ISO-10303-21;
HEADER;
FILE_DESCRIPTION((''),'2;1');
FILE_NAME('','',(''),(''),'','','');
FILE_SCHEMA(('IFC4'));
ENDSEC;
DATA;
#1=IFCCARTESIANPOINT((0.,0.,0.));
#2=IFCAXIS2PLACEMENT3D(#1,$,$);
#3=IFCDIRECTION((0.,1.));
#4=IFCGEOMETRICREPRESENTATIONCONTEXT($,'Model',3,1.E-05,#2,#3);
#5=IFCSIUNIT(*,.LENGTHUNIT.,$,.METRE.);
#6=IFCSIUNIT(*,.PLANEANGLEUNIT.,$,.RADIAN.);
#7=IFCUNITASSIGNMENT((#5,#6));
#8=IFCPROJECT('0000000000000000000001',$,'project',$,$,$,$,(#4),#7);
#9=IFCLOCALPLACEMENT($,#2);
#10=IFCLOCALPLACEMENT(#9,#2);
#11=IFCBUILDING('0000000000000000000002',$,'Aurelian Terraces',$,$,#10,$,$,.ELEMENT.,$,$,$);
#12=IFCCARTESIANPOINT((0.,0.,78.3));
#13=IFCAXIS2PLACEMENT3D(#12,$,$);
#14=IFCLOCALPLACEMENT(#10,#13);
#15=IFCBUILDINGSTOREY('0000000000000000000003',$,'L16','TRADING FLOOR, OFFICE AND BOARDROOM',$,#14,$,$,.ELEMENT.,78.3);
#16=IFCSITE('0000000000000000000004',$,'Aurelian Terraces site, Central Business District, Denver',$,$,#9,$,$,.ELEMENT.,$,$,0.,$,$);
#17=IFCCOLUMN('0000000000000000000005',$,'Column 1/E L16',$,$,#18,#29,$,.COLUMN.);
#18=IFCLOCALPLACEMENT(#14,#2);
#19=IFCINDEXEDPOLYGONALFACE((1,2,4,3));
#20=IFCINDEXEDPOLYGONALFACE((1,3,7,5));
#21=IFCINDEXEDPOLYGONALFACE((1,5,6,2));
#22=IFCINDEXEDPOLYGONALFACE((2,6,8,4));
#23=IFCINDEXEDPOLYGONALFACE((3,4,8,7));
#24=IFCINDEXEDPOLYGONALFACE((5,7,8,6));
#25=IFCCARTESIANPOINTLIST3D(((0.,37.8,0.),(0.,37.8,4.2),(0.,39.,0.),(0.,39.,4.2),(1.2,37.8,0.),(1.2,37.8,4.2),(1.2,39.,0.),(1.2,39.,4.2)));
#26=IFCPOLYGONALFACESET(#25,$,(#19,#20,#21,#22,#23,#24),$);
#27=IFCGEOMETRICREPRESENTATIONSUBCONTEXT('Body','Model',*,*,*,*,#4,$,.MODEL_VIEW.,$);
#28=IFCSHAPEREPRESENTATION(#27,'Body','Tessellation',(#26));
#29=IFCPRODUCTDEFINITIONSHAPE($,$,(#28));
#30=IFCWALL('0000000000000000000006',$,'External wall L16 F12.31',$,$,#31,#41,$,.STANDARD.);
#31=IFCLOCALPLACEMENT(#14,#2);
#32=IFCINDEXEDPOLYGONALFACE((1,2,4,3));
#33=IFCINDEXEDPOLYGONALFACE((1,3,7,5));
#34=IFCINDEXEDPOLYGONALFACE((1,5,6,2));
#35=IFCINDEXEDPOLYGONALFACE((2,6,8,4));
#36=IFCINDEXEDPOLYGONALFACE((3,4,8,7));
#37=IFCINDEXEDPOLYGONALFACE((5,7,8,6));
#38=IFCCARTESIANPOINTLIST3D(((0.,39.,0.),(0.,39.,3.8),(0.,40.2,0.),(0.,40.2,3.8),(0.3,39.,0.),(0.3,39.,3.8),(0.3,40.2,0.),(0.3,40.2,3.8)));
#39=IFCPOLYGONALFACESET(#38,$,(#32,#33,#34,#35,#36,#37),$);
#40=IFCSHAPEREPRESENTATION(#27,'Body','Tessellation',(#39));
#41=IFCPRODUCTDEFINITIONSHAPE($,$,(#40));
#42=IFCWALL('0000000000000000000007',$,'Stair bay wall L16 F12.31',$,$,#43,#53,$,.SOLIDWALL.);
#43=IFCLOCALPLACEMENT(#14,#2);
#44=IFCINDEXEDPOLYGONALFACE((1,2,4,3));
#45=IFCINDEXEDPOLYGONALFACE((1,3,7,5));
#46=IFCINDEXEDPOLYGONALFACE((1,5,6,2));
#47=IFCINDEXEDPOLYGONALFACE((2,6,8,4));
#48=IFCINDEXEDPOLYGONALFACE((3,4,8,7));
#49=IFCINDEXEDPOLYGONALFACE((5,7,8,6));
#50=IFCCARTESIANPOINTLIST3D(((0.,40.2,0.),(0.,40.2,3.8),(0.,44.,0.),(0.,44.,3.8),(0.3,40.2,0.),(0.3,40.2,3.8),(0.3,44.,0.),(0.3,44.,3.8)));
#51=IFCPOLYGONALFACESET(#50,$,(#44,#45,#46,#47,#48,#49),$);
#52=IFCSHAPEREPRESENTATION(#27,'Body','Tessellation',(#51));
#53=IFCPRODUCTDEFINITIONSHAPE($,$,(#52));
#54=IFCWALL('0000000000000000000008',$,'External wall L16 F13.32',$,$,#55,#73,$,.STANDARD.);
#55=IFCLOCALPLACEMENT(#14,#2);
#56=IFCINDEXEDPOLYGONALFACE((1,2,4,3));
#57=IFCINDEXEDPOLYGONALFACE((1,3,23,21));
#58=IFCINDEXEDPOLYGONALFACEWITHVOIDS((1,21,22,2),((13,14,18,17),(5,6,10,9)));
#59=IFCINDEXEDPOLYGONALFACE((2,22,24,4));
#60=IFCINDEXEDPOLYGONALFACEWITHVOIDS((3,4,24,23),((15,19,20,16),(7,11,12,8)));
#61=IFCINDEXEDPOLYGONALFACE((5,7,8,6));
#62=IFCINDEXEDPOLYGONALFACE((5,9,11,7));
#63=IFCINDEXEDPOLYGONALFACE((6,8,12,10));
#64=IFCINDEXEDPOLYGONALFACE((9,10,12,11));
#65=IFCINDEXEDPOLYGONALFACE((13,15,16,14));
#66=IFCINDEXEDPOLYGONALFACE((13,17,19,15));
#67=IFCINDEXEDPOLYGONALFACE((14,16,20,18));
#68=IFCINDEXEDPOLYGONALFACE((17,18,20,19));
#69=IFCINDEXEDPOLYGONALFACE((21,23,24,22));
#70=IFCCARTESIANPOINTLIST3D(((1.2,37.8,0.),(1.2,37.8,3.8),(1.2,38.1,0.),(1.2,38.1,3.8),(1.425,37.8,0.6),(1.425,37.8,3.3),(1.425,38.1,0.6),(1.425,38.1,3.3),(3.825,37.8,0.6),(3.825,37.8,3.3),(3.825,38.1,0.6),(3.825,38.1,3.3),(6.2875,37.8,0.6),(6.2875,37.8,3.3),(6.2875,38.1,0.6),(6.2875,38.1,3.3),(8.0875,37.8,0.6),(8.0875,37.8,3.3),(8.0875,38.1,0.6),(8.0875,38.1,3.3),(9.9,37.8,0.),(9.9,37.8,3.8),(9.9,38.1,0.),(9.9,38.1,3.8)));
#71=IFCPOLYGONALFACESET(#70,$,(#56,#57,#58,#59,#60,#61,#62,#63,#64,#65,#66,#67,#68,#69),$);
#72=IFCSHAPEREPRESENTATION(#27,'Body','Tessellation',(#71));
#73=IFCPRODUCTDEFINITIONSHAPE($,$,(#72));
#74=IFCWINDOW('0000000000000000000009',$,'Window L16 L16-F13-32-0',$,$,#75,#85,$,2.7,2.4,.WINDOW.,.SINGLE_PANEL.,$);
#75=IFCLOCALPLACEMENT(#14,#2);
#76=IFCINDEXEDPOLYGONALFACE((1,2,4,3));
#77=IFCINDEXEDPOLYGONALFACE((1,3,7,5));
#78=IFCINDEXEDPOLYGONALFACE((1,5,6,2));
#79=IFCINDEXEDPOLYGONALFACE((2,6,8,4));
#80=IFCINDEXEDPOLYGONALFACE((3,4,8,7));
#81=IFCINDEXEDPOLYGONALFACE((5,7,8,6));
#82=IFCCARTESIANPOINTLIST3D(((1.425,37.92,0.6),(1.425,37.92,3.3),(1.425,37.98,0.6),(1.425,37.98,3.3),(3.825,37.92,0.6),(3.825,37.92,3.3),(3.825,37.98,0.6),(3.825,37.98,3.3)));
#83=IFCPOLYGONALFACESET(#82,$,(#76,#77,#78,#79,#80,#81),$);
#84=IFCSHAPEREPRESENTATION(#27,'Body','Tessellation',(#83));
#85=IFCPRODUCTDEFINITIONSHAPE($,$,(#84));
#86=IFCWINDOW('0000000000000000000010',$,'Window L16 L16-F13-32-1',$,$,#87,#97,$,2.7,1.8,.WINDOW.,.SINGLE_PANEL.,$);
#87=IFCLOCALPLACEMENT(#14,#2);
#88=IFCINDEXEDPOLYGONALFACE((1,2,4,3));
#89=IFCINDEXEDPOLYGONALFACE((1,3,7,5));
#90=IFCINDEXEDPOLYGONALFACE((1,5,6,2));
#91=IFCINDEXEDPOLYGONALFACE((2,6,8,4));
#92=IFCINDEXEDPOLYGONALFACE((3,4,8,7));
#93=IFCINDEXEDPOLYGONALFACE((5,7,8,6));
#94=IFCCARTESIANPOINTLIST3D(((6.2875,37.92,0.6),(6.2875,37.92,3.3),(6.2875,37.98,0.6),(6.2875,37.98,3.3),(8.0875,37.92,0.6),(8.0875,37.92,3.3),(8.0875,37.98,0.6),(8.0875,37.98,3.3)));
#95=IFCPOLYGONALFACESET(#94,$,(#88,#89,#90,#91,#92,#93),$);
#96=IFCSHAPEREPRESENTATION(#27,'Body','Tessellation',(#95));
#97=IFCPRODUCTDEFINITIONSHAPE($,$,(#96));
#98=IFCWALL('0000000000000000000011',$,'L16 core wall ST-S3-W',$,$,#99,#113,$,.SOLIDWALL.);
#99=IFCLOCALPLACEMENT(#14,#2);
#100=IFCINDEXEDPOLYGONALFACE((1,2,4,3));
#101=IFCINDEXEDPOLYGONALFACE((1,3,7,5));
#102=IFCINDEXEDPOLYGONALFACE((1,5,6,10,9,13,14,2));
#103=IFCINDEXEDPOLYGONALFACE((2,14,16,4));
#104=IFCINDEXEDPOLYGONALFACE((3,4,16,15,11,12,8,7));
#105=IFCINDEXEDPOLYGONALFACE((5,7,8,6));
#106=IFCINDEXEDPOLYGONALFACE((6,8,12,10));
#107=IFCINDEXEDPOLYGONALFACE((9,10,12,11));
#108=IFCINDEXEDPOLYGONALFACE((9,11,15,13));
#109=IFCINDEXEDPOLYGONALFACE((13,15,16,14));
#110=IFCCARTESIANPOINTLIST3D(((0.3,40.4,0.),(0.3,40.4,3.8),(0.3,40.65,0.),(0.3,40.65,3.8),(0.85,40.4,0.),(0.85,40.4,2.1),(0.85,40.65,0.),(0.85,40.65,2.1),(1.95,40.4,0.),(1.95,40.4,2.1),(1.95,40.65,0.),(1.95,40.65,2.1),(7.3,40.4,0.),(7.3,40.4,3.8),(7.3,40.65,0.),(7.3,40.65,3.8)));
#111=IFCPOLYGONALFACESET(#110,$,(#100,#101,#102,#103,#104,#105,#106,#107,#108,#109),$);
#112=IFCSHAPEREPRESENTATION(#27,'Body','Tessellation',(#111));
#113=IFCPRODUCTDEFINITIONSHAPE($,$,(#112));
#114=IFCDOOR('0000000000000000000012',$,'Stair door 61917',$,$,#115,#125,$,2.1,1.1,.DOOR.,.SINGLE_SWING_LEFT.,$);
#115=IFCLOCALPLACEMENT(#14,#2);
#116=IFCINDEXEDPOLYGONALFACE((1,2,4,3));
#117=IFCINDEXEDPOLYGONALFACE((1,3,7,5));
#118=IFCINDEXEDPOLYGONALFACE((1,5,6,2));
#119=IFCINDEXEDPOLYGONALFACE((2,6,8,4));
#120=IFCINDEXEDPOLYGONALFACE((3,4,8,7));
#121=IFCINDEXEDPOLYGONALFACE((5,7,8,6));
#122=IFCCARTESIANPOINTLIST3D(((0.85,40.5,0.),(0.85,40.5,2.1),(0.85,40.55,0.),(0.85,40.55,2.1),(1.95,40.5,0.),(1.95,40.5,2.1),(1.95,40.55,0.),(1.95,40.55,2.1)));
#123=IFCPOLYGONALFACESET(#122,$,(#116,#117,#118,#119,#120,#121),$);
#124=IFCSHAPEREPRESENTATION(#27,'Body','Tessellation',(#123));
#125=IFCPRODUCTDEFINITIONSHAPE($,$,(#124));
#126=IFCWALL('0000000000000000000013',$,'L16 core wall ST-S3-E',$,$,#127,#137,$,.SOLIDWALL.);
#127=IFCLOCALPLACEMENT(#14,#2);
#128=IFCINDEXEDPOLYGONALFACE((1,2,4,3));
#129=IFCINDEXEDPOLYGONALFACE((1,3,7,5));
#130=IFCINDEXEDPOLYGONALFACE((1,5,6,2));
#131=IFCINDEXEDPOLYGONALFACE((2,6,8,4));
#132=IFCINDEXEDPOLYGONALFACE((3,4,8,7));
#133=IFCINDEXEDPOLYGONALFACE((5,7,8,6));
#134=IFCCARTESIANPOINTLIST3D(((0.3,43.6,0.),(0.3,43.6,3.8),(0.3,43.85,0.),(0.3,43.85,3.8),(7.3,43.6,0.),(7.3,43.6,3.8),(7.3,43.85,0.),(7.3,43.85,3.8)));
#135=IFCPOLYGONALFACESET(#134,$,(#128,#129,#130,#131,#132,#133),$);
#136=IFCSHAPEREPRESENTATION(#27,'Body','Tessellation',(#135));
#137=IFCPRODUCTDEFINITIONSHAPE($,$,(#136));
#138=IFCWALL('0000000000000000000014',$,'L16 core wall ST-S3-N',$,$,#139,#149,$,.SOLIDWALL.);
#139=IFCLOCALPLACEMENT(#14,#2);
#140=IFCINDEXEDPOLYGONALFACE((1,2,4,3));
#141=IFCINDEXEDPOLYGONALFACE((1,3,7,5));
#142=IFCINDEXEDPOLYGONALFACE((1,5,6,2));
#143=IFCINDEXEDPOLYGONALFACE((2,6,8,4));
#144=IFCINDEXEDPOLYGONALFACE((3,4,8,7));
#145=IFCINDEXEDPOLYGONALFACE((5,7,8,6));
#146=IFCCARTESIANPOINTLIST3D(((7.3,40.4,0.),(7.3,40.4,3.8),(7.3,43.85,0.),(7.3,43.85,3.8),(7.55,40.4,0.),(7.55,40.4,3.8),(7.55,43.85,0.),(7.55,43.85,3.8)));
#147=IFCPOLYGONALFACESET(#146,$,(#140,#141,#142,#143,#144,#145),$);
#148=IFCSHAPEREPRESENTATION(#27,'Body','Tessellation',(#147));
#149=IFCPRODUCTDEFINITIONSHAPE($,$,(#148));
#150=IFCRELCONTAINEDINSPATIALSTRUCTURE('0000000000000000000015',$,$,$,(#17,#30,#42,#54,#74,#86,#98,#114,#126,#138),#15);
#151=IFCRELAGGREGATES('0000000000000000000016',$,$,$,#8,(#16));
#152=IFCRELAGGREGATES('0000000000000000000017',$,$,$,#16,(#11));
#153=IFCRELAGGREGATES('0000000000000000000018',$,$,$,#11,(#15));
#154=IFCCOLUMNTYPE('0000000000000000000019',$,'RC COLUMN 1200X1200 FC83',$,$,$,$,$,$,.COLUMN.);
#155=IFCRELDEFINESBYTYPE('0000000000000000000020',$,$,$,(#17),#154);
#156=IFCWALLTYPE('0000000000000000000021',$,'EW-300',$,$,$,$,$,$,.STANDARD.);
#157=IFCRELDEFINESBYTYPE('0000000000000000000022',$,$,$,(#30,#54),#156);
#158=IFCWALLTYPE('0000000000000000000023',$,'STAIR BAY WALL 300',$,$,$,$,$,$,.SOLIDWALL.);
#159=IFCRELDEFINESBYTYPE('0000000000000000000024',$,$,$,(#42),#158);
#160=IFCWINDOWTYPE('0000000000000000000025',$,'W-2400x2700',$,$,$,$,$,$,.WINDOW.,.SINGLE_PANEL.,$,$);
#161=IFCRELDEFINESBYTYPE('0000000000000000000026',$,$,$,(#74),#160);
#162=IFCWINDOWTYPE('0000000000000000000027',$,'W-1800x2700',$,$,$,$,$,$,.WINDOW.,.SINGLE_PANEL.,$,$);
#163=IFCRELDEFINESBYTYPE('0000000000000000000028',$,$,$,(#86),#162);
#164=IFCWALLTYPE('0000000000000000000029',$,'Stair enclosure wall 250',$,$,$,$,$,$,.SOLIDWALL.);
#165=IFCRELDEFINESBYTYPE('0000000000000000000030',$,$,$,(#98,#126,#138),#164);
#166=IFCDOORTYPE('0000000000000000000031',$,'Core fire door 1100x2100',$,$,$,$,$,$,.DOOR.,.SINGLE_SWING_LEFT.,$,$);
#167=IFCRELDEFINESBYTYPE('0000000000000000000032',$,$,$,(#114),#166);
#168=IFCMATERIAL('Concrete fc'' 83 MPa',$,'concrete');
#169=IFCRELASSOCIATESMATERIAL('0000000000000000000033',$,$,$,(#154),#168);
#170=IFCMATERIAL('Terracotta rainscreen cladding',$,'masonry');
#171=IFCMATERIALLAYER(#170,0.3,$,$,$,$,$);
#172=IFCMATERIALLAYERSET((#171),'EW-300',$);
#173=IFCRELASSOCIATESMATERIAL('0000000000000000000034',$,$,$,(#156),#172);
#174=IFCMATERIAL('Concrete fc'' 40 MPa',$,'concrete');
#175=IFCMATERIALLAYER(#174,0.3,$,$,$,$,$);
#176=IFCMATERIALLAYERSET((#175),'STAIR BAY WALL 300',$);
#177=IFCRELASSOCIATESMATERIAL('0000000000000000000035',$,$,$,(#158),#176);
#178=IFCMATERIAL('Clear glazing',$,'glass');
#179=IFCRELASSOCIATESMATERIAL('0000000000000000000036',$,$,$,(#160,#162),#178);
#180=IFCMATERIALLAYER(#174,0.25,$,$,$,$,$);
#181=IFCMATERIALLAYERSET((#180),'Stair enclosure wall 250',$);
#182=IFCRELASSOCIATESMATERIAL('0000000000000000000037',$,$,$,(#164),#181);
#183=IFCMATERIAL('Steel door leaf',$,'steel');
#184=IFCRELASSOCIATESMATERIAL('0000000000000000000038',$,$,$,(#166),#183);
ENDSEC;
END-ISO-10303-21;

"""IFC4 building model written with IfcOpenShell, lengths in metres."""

from ifc_helpers import new_model, si_unit, direction, frame, frame_2d, origin, origin_2d, place, context, subcontext, project, spatial, rectangle, extrude, source, transform, mapped, material, layer, layer_set, material_profile, profile_set, type_object, element, fill, save


model = new_model("IFC4")

# Units and contexts
model_context = context("Model", 3, precision=1e-05, world=origin(), true_north=direction((0.0, 1.0)))
body_context = subcontext(model_context, "Body", "Model", "MODEL_VIEW")
ifc_project = project(units=[si_unit("LENGTHUNIT", "METRE"), si_unit("PLANEANGLEUNIT", "RADIAN")], contexts=[model_context])

# Site, building, storey
site_placement = place(None, origin())
site = spatial("IfcSite", under=ifc_project, at=site_placement, Name="Aurelian Terraces site, Central Business District, Denver", CompositionType="ELEMENT", RefElevation=0.0)
building_placement = place(site_placement, origin())
building = spatial("IfcBuilding", under=site, at=building_placement, Name="Aurelian Terraces", CompositionType="ELEMENT")
storey_placement = place(building_placement, frame((0.0, 0.0, 78.3)))
storey = spatial("IfcBuildingStorey", under=building, at=storey_placement, Name="L16", Description="TRADING FLOOR, OFFICE AND BOARDROOM", CompositionType="ELEMENT", Elevation=78.3)

# Column
ifc_material_1 = material(Name="Concrete fc' 83 MPa", Category="concrete")
ifc_material_profile = material_profile(ifc_material_1, rectangle(XDim=1.2, YDim=1.2, at=origin_2d()))
ifc_profile_set = profile_set([ifc_material_profile], Name="Concrete fc' 83 MPa")
column_type = type_object("IfcColumnType", Name="RC COLUMN 1200X1200 FC83", PredefinedType="COLUMN", material=ifc_profile_set)
shared_shape_1 = source(origin(), body_context, "Body", "SweptSolid", [
    extrude(rectangle(XDim=1.2, YDim=1.2, at=origin_2d()), origin(), (0.0, 0.0, 1.0), 4.2),
])
column_placement = place(storey_placement, frame((0.6, 38.4, 0.0), z_axis=(0.0, 0.0, 1.0), x_axis=(1.0, 0.0, 0.0)))
element("IfcColumn", 1, at=column_placement, inside=storey, type_object=column_type, Name="Column 1/E L16", PredefinedType="COLUMN", context=body_context, shape_type="MappedRepresentation", body=[
    mapped(shared_shape_1, transform((0.0, 0.0, 0.0), scale=1.0)),
])

# Walls
ifc_material_2 = material(Name="Terracotta rainscreen cladding", Category="masonry")
ifc_layer_1 = layer(ifc_material_2, 0.3)
ifc_layer_set_1 = layer_set([ifc_layer_1], Name="EW-300")
wall_type_1 = type_object("IfcWallType", Name="EW-300", PredefinedType="STANDARD", material=ifc_layer_set_1)
shared_shape_2 = source(origin(), body_context, "Body", "SweptSolid", [
    extrude(rectangle(XDim=1.2, YDim=0.3, at=frame_2d((0.6, 0.0))), origin(), (0.0, 0.0, 1.0), 3.8),
])
wall_1_placement = place(storey_placement, frame((0.15, 40.2, 0.0), z_axis=(0.0, 0.0, 1.0), x_axis=(0.0, -1.0, 0.0)))
element("IfcWall", 2, at=wall_1_placement, inside=storey, type_object=wall_type_1, Name="External wall L16 F12.31", PredefinedType="STANDARD", context=body_context, shape_type="MappedRepresentation", body=[
    mapped(shared_shape_2, transform((0.0, 0.0, 0.0), scale=1.0)),
])
ifc_material_3 = material(Name="Concrete fc' 40 MPa", Category="concrete")
ifc_layer_2 = layer(ifc_material_3, 0.3)
ifc_layer_set_2 = layer_set([ifc_layer_2], Name="STAIR BAY WALL 300")
wall_type_2 = type_object("IfcWallType", Name="STAIR BAY WALL 300", PredefinedType="SOLIDWALL", material=ifc_layer_set_2)
shared_shape_3 = source(origin(), body_context, "Body", "SweptSolid", [
    extrude(rectangle(XDim=3.8, YDim=0.3, at=frame_2d((1.9, 0.0))), origin(), (0.0, 0.0, 1.0), 3.8),
])
wall_2_placement = place(storey_placement, frame((0.15, 44.0, 0.0), z_axis=(0.0, 0.0, 1.0), x_axis=(0.0, -1.0, 0.0)))
element("IfcWall", 3, at=wall_2_placement, inside=storey, type_object=wall_type_2, Name="Stair bay wall L16 F12.31", PredefinedType="SOLIDWALL", context=body_context, shape_type="MappedRepresentation", body=[
    mapped(shared_shape_3, transform((0.0, 0.0, 0.0), scale=1.0)),
])

# Wall, openings, windows
shared_shape_4 = source(origin(), body_context, "Body", "SweptSolid", [
    extrude(rectangle(XDim=8.7, YDim=0.3, at=frame_2d((4.35, 0.0))), origin(), (0.0, 0.0, 1.0), 3.8),
])
wall_3_placement = place(storey_placement, frame((1.2, 37.95, 0.0), z_axis=(0.0, 0.0, 1.0), x_axis=(1.0, 0.0, 0.0)))
wall_3 = element("IfcWall", 4, at=wall_3_placement, inside=storey, type_object=wall_type_1, Name="External wall L16 F13.32", PredefinedType="STANDARD", context=body_context, shape_type="MappedRepresentation", body=[
    mapped(shared_shape_4, transform((0.0, 0.0, 0.0), scale=1.0)),
])
shared_shape_5 = source(origin(), body_context, "Body", "SweptSolid", [
    extrude(rectangle(XDim=2.4, YDim=2.7, at=frame_2d((1.2, 1.35))), frame((0.0, 0.16, 0.0), z_axis=(0.0, -1.0, 0.0), x_axis=(1.0, 0.0, 0.0)), (0.0, 0.0, 1.0), 0.32),
])
opening_1_placement = place(wall_3_placement, frame((0.225, 0.0, 0.6)))
opening_1 = element("IfcOpeningElement", 5, at=opening_1_placement, cuts=wall_3, PredefinedType="OPENING", context=body_context, shape_type="MappedRepresentation", body=[
    mapped(shared_shape_5, transform((0.0, 0.0, 0.0), scale=1.0)),
])
shared_shape_6 = source(origin(), body_context, "Body", "SweptSolid", [
    extrude(rectangle(XDim=1.8, YDim=2.7, at=frame_2d((0.9, 1.35))), frame((0.0, 0.16, 0.0), z_axis=(0.0, -1.0, 0.0), x_axis=(1.0, 0.0, 0.0)), (0.0, 0.0, 1.0), 0.32),
])
opening_2_placement = place(wall_3_placement, frame((5.0875, 0.0, 0.6)))
opening_2 = element("IfcOpeningElement", 6, at=opening_2_placement, cuts=wall_3, PredefinedType="OPENING", context=body_context, shape_type="MappedRepresentation", body=[
    mapped(shared_shape_6, transform((0.0, 0.0, 0.0), scale=1.0)),
])
ifc_material_4 = material(Name="Clear glazing", Category="glass")
window_type_1 = type_object("IfcWindowType", Name="W-2400x2700", PartitioningType="SINGLE_PANEL", PredefinedType="WINDOW", material=ifc_material_4)
shared_shape_7 = source(origin(), body_context, "Body", "SweptSolid", [
    extrude(rectangle(XDim=2.4, YDim=2.7, at=frame_2d((1.2, 1.35))), frame((0.0, 0.03, 0.0), z_axis=(0.0, -1.0, 0.0), x_axis=(1.0, 0.0, 0.0)), (0.0, 0.0, 1.0), 0.06),
])
window_1_placement = place(opening_1_placement, origin())
window_1 = element("IfcWindow", 7, at=window_1_placement, inside=storey, type_object=window_type_1, Name="Window L16 L16-F13-32-0", OverallHeight=2.7, OverallWidth=2.4, PartitioningType="SINGLE_PANEL", PredefinedType="WINDOW", context=body_context, shape_type="MappedRepresentation", body=[
    mapped(shared_shape_7, transform((0.0, 0.0, 0.0), scale=1.0)),
])
fill(opening_1, window_1)
window_type_2 = type_object("IfcWindowType", Name="W-1800x2700", PartitioningType="SINGLE_PANEL", PredefinedType="WINDOW", material=ifc_material_4)
shared_shape_8 = source(origin(), body_context, "Body", "SweptSolid", [
    extrude(rectangle(XDim=1.8, YDim=2.7, at=frame_2d((0.9, 1.35))), frame((0.0, 0.03, 0.0), z_axis=(0.0, -1.0, 0.0), x_axis=(1.0, 0.0, 0.0)), (0.0, 0.0, 1.0), 0.06),
])
window_2_placement = place(opening_2_placement, origin())
window_2 = element("IfcWindow", 8, at=window_2_placement, inside=storey, type_object=window_type_2, Name="Window L16 L16-F13-32-1", OverallHeight=2.7, OverallWidth=1.8, PartitioningType="SINGLE_PANEL", PredefinedType="WINDOW", context=body_context, shape_type="MappedRepresentation", body=[
    mapped(shared_shape_8, transform((0.0, 0.0, 0.0), scale=1.0)),
])
fill(opening_2, window_2)

# Wall, opening, door
ifc_layer_3 = layer(ifc_material_3, 0.25)
ifc_layer_set_3 = layer_set([ifc_layer_3], Name="Stair enclosure wall 250")
wall_type_3 = type_object("IfcWallType", Name="Stair enclosure wall 250", PredefinedType="SOLIDWALL", material=ifc_layer_set_3)
shared_shape_9 = source(origin(), body_context, "Body", "SweptSolid", [
    extrude(rectangle(XDim=7.0, YDim=0.25, at=frame_2d((3.5, 0.0))), origin(), (0.0, 0.0, 1.0), 3.8),
])
wall_4_placement = place(storey_placement, frame((0.3, 40.525, 0.0), z_axis=(0.0, 0.0, 1.0), x_axis=(1.0, 0.0, 0.0)))
wall_4 = element("IfcWall", 9, at=wall_4_placement, inside=storey, type_object=wall_type_3, Name="L16 core wall ST-S3-W", PredefinedType="SOLIDWALL", context=body_context, shape_type="MappedRepresentation", body=[
    mapped(shared_shape_9, transform((0.0, 0.0, 0.0), scale=1.0)),
])
shared_shape_10 = source(origin(), body_context, "Body", "SweptSolid", [
    extrude(rectangle(XDim=1.1, YDim=2.1, at=frame_2d((0.55, 1.05))), frame((0.0, 0.135, 0.0), z_axis=(0.0, -1.0, 0.0), x_axis=(1.0, 0.0, 0.0)), (0.0, 0.0, 1.0), 0.27),
])
opening_3_placement = place(wall_4_placement, frame((0.55, 0.0, 0.0)))
opening_3 = element("IfcOpeningElement", 10, at=opening_3_placement, cuts=wall_4, PredefinedType="OPENING", context=body_context, shape_type="MappedRepresentation", body=[
    mapped(shared_shape_10, transform((0.0, 0.0, 0.0), scale=1.0)),
])
ifc_material_5 = material(Name="Steel door leaf", Category="steel")
door_type_1 = type_object("IfcDoorType", Name="Core fire door 1100x2100", OperationType="SINGLE_SWING_LEFT", PredefinedType="DOOR", material=ifc_material_5)
shared_shape_11 = source(origin(), body_context, "Body", "SweptSolid", [
    extrude(rectangle(XDim=1.1, YDim=2.1, at=frame_2d((0.55, 1.05))), frame((0.0, 0.025, 0.0), z_axis=(0.0, -1.0, 0.0), x_axis=(1.0, 0.0, 0.0)), (0.0, 0.0, 1.0), 0.05),
])
door_1_placement = place(opening_3_placement, origin())
door_1 = element("IfcDoor", 11, at=door_1_placement, inside=storey, type_object=door_type_1, Name="Stair door 61917", OperationType="SINGLE_SWING_LEFT", OverallHeight=2.1, OverallWidth=1.1, PredefinedType="DOOR", context=body_context, shape_type="MappedRepresentation", body=[
    mapped(shared_shape_11, transform((0.0, 0.0, 0.0), scale=1.0)),
])
fill(opening_3, door_1)

# Walls
wall_5_placement = place(storey_placement, frame((0.3, 43.725, 0.0), z_axis=(0.0, 0.0, 1.0), x_axis=(1.0, 0.0, 0.0)))
element("IfcWall", 12, at=wall_5_placement, inside=storey, type_object=wall_type_3, Name="L16 core wall ST-S3-E", PredefinedType="SOLIDWALL", context=body_context, shape_type="MappedRepresentation", body=[
    mapped(shared_shape_9, transform((0.0, 0.0, 0.0), scale=1.0)),
])
shared_shape_12 = source(origin(), body_context, "Body", "SweptSolid", [
    extrude(rectangle(XDim=3.45, YDim=0.25, at=frame_2d((1.725, 0.0))), origin(), (0.0, 0.0, 1.0), 3.8),
])
wall_6_placement = place(storey_placement, frame((7.425, 40.4, 0.0), z_axis=(0.0, 0.0, 1.0), x_axis=(0.0, 1.0, 0.0)))
element("IfcWall", 13, at=wall_6_placement, inside=storey, type_object=wall_type_3, Name="L16 core wall ST-S3-N", PredefinedType="SOLIDWALL", context=body_context, shape_type="MappedRepresentation", body=[
    mapped(shared_shape_12, transform((0.0, 0.0, 0.0), scale=1.0)),
])

save(model, "model.ifc")
